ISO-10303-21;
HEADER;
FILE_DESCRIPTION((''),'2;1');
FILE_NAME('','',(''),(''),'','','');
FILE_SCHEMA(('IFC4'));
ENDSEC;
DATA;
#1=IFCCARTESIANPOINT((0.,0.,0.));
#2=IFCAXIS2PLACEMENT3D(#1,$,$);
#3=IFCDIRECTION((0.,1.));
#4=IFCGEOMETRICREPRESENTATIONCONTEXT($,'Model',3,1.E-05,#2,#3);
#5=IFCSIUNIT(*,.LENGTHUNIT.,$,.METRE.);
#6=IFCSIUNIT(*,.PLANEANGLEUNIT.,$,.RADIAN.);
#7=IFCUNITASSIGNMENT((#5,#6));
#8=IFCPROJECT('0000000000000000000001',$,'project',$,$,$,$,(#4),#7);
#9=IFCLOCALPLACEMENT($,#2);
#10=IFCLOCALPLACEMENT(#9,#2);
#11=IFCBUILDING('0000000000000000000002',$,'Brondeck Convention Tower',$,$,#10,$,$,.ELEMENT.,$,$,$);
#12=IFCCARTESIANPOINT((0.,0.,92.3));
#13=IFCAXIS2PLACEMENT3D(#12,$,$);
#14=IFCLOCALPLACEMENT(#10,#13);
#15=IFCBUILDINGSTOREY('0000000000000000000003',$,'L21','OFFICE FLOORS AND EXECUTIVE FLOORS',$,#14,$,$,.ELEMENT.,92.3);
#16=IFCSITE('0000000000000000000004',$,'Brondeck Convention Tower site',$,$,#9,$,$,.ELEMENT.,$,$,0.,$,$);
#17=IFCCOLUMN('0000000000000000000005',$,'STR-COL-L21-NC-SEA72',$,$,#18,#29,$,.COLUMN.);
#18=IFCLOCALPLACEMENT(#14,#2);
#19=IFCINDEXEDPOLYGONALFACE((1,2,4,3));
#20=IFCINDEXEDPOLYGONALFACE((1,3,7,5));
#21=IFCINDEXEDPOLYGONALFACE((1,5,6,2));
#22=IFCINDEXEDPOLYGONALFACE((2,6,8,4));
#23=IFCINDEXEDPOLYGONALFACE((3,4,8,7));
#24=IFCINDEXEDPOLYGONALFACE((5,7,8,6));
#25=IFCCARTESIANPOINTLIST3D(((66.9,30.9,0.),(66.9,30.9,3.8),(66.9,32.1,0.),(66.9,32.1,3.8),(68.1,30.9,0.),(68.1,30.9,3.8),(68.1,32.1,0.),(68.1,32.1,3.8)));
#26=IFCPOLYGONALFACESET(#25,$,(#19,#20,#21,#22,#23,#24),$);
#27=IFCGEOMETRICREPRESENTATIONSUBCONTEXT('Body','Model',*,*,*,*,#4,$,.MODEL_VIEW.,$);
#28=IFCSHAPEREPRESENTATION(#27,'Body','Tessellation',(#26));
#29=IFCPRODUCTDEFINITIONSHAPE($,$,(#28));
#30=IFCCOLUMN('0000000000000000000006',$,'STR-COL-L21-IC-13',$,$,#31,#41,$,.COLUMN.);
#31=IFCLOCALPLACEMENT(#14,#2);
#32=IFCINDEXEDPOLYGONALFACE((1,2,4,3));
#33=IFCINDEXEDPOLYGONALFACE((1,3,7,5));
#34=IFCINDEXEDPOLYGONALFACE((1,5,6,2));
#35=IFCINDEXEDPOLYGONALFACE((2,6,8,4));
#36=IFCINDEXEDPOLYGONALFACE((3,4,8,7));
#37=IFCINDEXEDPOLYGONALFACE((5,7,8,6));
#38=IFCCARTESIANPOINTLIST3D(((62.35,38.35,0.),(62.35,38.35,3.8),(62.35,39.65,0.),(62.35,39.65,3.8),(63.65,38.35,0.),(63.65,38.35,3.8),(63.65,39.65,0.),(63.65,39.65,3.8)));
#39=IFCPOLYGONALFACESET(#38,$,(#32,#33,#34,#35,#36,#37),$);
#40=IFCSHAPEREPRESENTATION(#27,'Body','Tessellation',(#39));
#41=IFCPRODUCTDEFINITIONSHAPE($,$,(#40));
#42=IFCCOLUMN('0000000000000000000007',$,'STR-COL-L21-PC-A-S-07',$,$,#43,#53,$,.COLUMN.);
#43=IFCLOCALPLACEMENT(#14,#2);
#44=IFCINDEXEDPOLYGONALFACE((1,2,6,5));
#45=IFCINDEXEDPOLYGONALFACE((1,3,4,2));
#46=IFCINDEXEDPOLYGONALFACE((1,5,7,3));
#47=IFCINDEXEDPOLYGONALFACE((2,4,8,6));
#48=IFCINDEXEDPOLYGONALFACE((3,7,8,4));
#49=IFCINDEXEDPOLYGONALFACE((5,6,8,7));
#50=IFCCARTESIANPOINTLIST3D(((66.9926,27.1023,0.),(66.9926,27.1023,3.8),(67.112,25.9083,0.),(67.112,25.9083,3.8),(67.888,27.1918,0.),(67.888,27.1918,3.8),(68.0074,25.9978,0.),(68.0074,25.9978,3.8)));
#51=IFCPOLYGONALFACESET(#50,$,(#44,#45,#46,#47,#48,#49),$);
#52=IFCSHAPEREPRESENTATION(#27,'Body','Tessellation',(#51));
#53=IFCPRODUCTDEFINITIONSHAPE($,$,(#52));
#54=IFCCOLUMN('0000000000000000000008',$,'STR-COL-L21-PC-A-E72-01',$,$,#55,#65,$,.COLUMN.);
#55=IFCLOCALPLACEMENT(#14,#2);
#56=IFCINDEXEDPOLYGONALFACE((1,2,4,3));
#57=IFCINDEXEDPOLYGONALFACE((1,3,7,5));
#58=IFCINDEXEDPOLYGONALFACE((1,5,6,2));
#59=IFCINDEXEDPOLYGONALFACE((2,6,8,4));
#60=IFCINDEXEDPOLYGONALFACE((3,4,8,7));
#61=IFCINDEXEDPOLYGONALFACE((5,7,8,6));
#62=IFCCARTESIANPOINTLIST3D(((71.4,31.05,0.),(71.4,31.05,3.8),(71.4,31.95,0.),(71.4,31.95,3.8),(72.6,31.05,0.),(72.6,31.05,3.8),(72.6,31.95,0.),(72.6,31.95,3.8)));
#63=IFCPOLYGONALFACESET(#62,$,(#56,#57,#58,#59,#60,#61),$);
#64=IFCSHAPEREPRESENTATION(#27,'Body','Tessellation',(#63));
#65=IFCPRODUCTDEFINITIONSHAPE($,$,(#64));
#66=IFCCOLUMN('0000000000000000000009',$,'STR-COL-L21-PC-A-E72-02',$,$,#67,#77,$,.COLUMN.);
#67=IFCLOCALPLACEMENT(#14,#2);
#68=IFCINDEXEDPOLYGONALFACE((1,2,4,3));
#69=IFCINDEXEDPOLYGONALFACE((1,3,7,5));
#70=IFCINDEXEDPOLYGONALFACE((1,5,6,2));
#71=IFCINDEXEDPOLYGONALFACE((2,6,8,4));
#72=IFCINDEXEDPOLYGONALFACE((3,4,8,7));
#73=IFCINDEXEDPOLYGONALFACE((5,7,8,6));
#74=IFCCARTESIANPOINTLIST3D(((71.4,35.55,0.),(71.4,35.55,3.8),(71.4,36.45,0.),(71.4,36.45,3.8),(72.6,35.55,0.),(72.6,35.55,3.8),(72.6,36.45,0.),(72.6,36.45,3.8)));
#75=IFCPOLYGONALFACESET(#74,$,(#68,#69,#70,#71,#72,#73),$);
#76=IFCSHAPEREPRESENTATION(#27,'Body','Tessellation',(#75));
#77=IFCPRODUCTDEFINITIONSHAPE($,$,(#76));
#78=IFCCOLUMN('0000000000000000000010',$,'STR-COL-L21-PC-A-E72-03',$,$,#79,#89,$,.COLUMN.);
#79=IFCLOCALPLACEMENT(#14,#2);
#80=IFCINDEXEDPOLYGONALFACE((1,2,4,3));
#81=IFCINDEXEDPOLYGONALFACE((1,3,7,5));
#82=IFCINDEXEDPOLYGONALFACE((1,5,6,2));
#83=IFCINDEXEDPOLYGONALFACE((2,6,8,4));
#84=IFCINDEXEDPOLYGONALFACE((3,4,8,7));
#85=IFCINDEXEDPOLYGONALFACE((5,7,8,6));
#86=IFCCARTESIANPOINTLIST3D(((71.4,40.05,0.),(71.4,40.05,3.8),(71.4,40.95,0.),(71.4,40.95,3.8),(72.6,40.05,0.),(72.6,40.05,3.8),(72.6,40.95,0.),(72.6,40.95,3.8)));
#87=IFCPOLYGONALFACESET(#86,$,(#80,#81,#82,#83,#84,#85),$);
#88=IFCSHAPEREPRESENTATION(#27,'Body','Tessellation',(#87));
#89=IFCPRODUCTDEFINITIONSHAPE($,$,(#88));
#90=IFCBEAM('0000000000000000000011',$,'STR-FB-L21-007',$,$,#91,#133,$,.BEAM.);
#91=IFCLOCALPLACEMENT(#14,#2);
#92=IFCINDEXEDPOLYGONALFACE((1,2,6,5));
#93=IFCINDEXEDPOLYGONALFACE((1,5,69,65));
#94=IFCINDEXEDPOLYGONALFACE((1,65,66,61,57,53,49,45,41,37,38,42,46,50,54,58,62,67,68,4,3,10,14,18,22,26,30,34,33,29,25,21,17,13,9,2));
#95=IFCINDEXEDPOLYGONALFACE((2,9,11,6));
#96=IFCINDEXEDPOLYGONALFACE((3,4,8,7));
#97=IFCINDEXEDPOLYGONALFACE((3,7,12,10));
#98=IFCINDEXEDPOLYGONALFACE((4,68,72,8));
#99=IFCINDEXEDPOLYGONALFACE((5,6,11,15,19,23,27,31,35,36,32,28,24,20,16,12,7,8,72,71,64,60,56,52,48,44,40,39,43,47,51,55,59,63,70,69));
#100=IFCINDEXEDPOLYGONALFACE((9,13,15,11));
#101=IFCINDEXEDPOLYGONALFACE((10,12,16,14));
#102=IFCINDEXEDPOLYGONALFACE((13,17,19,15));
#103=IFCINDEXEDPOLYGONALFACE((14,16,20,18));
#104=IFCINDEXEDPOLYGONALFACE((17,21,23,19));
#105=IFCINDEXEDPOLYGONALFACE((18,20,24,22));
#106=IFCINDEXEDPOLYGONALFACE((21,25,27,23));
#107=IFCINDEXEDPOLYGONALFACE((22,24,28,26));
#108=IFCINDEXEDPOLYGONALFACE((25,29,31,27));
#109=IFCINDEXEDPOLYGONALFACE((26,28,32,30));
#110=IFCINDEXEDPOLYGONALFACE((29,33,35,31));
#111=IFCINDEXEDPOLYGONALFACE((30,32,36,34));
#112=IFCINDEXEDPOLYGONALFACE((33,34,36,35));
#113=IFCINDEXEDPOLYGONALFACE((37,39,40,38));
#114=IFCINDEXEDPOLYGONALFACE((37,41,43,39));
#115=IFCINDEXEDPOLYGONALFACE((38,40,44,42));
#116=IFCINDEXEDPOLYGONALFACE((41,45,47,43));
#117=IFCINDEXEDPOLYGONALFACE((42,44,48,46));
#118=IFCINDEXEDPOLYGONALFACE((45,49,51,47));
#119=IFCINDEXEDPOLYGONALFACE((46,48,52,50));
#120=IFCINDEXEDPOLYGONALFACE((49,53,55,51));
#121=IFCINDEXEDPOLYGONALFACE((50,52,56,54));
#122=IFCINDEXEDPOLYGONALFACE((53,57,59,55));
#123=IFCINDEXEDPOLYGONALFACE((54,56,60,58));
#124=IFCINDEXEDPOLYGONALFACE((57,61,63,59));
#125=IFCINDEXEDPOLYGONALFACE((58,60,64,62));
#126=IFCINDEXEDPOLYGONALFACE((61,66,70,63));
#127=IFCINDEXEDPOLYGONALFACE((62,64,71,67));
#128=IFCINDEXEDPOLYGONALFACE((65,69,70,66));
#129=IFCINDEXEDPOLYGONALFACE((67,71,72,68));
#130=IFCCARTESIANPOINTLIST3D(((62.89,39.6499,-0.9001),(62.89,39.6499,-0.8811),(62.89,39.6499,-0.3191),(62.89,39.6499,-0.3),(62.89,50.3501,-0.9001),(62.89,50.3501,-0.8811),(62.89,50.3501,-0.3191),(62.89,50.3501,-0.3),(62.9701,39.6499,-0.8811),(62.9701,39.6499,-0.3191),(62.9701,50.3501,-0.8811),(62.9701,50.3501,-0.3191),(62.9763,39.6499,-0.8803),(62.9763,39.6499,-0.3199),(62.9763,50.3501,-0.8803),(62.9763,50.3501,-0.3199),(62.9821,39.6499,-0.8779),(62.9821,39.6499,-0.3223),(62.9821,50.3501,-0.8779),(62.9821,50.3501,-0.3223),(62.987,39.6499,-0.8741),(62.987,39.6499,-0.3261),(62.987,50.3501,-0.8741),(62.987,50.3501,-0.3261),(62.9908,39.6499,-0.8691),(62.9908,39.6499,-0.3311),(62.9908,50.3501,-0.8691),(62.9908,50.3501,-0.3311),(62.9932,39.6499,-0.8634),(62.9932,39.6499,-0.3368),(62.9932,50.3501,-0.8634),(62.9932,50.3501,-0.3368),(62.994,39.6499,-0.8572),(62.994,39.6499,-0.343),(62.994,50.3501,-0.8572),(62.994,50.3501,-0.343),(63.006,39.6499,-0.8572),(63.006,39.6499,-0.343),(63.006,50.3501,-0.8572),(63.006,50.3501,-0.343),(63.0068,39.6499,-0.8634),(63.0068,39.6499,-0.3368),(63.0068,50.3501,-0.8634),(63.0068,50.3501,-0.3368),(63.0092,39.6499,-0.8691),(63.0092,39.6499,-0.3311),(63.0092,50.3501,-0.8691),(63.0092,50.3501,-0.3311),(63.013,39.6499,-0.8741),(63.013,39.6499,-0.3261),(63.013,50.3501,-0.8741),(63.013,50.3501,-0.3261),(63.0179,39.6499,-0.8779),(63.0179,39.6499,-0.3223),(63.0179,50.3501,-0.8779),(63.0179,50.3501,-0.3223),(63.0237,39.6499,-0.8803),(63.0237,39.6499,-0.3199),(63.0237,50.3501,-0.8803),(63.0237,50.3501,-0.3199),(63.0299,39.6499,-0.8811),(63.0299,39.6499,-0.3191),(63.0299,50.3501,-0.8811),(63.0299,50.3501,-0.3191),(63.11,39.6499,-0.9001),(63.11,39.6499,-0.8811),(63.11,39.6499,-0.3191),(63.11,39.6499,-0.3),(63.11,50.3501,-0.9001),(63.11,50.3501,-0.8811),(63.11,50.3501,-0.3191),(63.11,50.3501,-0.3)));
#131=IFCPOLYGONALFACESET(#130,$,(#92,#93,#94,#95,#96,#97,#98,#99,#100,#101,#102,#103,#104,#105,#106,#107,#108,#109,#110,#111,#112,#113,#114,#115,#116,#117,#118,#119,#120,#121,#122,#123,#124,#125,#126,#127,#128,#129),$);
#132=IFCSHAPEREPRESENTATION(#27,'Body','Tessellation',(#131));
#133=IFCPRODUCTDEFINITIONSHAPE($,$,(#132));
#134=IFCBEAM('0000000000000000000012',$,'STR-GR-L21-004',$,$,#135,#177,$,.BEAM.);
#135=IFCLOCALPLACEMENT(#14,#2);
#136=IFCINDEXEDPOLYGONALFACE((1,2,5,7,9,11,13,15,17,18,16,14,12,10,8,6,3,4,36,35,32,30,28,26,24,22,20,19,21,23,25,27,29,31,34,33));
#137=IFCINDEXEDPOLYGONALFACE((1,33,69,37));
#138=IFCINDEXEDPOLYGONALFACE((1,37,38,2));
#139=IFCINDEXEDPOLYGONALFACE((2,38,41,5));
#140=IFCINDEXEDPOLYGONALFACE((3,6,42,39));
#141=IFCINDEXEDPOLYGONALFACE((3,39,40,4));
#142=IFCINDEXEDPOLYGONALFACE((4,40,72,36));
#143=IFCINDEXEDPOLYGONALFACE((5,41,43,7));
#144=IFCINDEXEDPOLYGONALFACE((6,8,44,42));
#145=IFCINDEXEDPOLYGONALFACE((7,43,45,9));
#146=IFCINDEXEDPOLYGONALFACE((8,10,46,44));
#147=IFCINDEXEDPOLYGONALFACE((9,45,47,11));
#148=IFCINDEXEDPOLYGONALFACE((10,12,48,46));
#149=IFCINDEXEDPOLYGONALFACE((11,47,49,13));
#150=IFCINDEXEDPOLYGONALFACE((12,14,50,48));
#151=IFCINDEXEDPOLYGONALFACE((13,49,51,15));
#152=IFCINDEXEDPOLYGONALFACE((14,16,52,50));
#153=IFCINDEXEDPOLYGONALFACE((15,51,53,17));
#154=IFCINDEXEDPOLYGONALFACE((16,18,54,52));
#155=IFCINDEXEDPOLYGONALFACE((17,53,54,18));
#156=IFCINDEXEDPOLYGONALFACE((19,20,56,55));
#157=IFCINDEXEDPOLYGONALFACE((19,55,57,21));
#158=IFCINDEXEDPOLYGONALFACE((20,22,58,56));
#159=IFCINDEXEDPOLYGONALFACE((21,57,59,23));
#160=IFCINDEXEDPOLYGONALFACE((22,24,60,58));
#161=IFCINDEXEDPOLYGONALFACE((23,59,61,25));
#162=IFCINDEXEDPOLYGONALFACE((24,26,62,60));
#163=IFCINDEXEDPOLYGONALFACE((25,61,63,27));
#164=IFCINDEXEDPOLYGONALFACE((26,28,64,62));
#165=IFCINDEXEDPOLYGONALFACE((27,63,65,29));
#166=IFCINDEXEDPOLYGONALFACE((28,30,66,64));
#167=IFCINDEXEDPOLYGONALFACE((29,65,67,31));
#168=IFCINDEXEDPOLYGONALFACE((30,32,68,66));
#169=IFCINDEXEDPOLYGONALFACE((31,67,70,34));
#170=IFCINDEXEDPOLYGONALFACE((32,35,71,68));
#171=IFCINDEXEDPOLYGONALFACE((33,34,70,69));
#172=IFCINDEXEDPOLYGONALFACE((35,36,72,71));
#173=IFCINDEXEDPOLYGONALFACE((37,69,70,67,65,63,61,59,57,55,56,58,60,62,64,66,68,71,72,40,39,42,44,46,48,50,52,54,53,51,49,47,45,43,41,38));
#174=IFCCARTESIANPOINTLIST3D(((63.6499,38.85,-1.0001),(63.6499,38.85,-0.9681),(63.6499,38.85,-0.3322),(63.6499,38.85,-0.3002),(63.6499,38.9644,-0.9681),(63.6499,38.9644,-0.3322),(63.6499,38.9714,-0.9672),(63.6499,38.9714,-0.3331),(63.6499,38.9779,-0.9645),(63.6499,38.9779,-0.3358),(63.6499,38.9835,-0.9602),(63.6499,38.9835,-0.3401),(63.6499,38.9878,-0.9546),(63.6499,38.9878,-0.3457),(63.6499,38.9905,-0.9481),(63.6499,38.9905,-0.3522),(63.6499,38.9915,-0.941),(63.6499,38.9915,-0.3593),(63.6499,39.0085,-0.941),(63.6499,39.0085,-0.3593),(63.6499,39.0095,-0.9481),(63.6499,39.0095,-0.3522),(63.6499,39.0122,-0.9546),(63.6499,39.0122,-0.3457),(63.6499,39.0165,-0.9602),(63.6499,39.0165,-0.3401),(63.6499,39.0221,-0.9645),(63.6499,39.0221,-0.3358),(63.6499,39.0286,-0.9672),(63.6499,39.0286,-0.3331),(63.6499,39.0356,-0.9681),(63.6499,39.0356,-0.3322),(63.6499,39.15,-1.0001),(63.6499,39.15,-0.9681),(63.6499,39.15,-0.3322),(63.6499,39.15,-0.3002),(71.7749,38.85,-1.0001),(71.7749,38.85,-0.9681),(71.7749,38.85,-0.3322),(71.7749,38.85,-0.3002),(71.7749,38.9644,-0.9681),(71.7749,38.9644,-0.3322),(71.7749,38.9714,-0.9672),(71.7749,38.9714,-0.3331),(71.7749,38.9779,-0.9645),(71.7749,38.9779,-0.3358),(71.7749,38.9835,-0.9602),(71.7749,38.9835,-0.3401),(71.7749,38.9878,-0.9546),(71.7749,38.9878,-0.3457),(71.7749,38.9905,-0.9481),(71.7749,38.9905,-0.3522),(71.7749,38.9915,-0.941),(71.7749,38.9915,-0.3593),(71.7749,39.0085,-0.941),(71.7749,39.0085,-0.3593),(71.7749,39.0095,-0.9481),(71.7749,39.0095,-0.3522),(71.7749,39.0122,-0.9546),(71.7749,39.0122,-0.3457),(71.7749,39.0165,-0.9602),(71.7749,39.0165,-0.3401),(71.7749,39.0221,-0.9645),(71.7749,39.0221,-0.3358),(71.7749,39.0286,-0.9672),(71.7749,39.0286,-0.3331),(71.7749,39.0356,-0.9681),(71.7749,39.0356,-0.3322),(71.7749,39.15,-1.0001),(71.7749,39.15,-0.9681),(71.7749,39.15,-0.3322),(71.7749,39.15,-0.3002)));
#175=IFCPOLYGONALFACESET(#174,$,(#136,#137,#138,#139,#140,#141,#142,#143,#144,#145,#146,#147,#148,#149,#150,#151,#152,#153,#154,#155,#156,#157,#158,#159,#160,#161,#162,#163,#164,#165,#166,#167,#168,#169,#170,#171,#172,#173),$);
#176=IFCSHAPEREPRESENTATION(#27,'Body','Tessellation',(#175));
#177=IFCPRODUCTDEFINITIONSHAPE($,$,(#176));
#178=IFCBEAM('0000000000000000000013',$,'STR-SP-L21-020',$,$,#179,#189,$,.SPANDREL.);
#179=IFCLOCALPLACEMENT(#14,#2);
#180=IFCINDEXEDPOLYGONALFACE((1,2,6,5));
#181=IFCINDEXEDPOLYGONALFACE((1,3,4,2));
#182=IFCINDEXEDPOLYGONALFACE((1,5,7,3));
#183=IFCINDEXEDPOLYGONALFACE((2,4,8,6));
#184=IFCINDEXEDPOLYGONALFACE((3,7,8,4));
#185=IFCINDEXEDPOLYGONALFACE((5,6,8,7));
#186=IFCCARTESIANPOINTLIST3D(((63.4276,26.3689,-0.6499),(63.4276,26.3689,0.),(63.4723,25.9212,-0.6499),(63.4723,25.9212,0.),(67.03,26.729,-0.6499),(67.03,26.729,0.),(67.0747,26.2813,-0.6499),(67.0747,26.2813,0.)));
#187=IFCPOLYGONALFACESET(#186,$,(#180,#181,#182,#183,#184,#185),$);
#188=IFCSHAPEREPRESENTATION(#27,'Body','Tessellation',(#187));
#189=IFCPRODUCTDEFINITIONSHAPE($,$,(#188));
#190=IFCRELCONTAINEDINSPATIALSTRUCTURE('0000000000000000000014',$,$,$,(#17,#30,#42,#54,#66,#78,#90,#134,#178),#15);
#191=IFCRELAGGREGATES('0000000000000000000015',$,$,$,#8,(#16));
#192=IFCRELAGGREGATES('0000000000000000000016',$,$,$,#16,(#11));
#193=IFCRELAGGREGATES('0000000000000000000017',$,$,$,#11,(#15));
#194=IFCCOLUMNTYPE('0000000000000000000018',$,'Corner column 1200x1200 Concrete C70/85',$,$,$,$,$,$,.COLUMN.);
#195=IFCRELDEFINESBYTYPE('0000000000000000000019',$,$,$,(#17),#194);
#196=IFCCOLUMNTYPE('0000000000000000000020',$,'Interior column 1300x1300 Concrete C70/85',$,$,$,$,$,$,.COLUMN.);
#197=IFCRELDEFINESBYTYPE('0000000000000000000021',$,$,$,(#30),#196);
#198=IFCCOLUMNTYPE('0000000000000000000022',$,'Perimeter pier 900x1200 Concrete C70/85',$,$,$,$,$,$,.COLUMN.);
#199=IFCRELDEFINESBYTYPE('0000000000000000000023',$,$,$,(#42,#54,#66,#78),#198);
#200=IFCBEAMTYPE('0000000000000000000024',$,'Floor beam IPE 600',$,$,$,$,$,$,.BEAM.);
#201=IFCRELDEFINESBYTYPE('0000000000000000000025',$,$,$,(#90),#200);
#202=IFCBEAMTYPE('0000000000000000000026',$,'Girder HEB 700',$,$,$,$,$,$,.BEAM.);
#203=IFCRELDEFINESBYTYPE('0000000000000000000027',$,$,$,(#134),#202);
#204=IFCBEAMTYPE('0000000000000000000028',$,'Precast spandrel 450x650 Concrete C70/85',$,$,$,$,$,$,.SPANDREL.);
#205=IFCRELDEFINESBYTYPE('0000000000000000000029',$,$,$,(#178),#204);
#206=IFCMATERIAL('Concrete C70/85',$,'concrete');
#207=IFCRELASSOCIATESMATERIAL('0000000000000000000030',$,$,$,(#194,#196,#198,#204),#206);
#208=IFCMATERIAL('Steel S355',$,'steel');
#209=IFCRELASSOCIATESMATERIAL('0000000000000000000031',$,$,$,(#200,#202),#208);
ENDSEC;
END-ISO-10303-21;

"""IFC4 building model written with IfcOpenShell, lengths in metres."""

from ifc_helpers import new_model, si_unit, direction, frame, origin, origin_2d, place, context, subcontext, project, spatial, rectangle, i_section, extrude, material, material_profile, profile_set, type_object, element, save


model = new_model("IFC4")

# Units and contexts
model_context = context("Model", 3, precision=1e-05, world=origin(), true_north=direction((0.0, 1.0)))
body_context = subcontext(model_context, "Body", "Model", "MODEL_VIEW")
ifc_project = project(units=[si_unit("LENGTHUNIT", "METRE"), si_unit("PLANEANGLEUNIT", "RADIAN")], contexts=[model_context])

# Site, building, storey
site_placement = place(None, origin())
site = spatial("IfcSite", under=ifc_project, at=site_placement, Name="Brondeck Convention Tower site", CompositionType="ELEMENT", RefElevation=0.0)
building_placement = place(site_placement, origin())
building = spatial("IfcBuilding", under=site, at=building_placement, Name="Brondeck Convention Tower", CompositionType="ELEMENT")
storey_placement = place(building_placement, frame((0.0, 0.0, 92.3)))
storey = spatial("IfcBuildingStorey", under=building, at=storey_placement, Name="L21", Description="OFFICE FLOORS AND EXECUTIVE FLOORS", CompositionType="ELEMENT", Elevation=92.3)

# Columns
ifc_material_1 = material(Name="Concrete C70/85", Category="concrete")
ifc_material_profile_1 = material_profile(ifc_material_1, rectangle(XDim=1.2, YDim=1.2, at=origin_2d()), Name="Corner column 1200x1200 Concrete C70/85")
ifc_profile_set_1 = profile_set([ifc_material_profile_1], Name="Concrete C70/85")
column_type_1 = type_object("IfcColumnType", Name="Corner column 1200x1200 Concrete C70/85", PredefinedType="COLUMN", material=ifc_profile_set_1)
column_1_placement = place(storey_placement, frame((67.5, 31.5, 0.0), z_axis=(0.0, 0.0, 1.0), x_axis=(1.0, 0.0, 0.0)))
element("IfcColumn", 1, at=column_1_placement, inside=storey, type_object=column_type_1, Name="STR-COL-L21-NC-SEA72", PredefinedType="COLUMN", context=body_context, shape_type="SweptSolid", body=[
    extrude(rectangle(XDim=1.2, YDim=1.2, at=origin_2d()), origin(), (0.0, 0.0, 1.0), 3.8),
])
ifc_material_profile_2 = material_profile(ifc_material_1, rectangle(XDim=1.3, YDim=1.3, at=origin_2d()), Name="Interior column 1300x1300 Concrete C70/85")
ifc_profile_set_2 = profile_set([ifc_material_profile_2], Name="Concrete C70/85")
column_type_2 = type_object("IfcColumnType", Name="Interior column 1300x1300 Concrete C70/85", PredefinedType="COLUMN", material=ifc_profile_set_2)
column_2_placement = place(storey_placement, frame((63.0, 39.0, 0.0), z_axis=(0.0, 0.0, 1.0), x_axis=(1.0, 0.0, 0.0)))
element("IfcColumn", 2, at=column_2_placement, inside=storey, type_object=column_type_2, Name="STR-COL-L21-IC-13", PredefinedType="COLUMN", context=body_context, shape_type="SweptSolid", body=[
    extrude(rectangle(XDim=1.3, YDim=1.3, at=origin_2d()), origin(), (0.0, 0.0, 1.0), 3.8),
])
ifc_material_profile_3 = material_profile(ifc_material_1, rectangle(XDim=0.8999, YDim=1.2, at=origin_2d()), Name="Perimeter pier 900x1200 Concrete C70/85")
ifc_profile_set_3 = profile_set([ifc_material_profile_3], Name="Concrete C70/85")
column_type_3 = type_object("IfcColumnType", Name="Perimeter pier 900x1200 Concrete C70/85", PredefinedType="COLUMN", material=ifc_profile_set_3)
for number, where, z_axis, x_axis, name in (
    (3, (67.5, 26.55, 0.0), (0.0, 0.0, 1.0), (0.995037, 0.099504, 0.0), "STR-COL-L21-PC-A-S-07"),
    (4, (72.0, 31.5, 0.0), (0.0, 0.0, 1.0), (0.0, 1.0, 0.0), "STR-COL-L21-PC-A-E72-01"),
    (5, (72.0, 36.0, 0.0), (0.0, 0.0, 1.0), (0.0, 1.0, 0.0), "STR-COL-L21-PC-A-E72-02"),
    (6, (72.0, 40.5, 0.0), (0.0, 0.0, 1.0), (0.0, 1.0, 0.0), "STR-COL-L21-PC-A-E72-03"),
):
    element("IfcColumn", number, at=place(storey_placement, frame(where, z_axis=z_axis, x_axis=x_axis)), inside=storey, type_object=column_type_3, Name=name, PredefinedType="COLUMN", context=body_context, shape_type="SweptSolid", body=[
        extrude(rectangle(XDim=0.8999, YDim=1.2, at=origin_2d()), origin(), (0.0, 0.0, 1.0), 3.8),
    ])

# Beams
ifc_material_2 = material(Name="Steel S355", Category="steel")
ifc_material_profile_4 = material_profile(ifc_material_2, i_section(OverallWidth=0.22, OverallDepth=0.6001, WebThickness=0.012, FlangeThickness=0.019, FilletRadius=0.0239, at=origin_2d()), Name="IPE 600")
ifc_profile_set_4 = profile_set([ifc_material_profile_4], Name="Steel S355")
beam_type_1 = type_object("IfcBeamType", Name="Floor beam IPE 600", PredefinedType="BEAM", material=ifc_profile_set_4)
beam_1_placement = place(storey_placement, frame((63.0, 39.6499, -0.6001), z_axis=(0.0, 1.0, 0.0), x_axis=(-1.0, 0.0, 0.0)))
element("IfcBeam", 7, at=beam_1_placement, inside=storey, type_object=beam_type_1, Name="STR-FB-L21-007", PredefinedType="BEAM", context=body_context, shape_type="SweptSolid", body=[
    extrude(i_section(OverallWidth=0.22, OverallDepth=0.6001, WebThickness=0.012, FlangeThickness=0.019, FilletRadius=0.0239, at=origin_2d()), origin(), (0.0, 0.0, 1.0), 10.7002),
])
ifc_material_profile_5 = material_profile(ifc_material_2, i_section(OverallWidth=0.3, OverallDepth=0.7, WebThickness=0.0171, FlangeThickness=0.032, FilletRadius=0.0271, at=origin_2d()), Name="HEB 700")
ifc_profile_set_5 = profile_set([ifc_material_profile_5], Name="Steel S355")
beam_type_2 = type_object("IfcBeamType", Name="Girder HEB 700", PredefinedType="BEAM", material=ifc_profile_set_5)
beam_2_placement = place(storey_placement, frame((63.6499, 39.0, -0.6501), z_axis=(1.0, 0.0, 0.0), x_axis=(0.0, 1.0, 0.0)))
element("IfcBeam", 8, at=beam_2_placement, inside=storey, type_object=beam_type_2, Name="STR-GR-L21-004", PredefinedType="BEAM", context=body_context, shape_type="SweptSolid", body=[
    extrude(i_section(OverallWidth=0.3, OverallDepth=0.7, WebThickness=0.0171, FlangeThickness=0.032, FilletRadius=0.0271, at=origin_2d()), origin(), (0.0, 0.0, 1.0), 8.125),
])
ifc_material_profile_6 = material_profile(ifc_material_1, rectangle(XDim=0.45, YDim=0.6499, at=origin_2d()), Name="Precast spandrel 450x650 Concrete C70/85")
ifc_profile_set_6 = profile_set([ifc_material_profile_6], Name="Concrete C70/85")
beam_type_3 = type_object("IfcBeamType", Name="Precast spandrel 450x650 Concrete C70/85", PredefinedType="SPANDREL", material=ifc_profile_set_6)
beam_3_placement = place(storey_placement, frame((63.45, 26.145, -0.325), z_axis=(0.995041, 0.09947, 0.0), x_axis=(-0.09947, 0.995041, 0.0)))
element("IfcBeam", 9, at=beam_3_placement, inside=storey, type_object=beam_type_3, Name="STR-SP-L21-020", PredefinedType="SPANDREL", context=body_context, shape_type="SweptSolid", body=[
    extrude(rectangle(XDim=0.45, YDim=0.6499, at=origin_2d()), origin(), (0.0, 0.0, 1.0), 3.6204),
])

save(model, "model.ifc")
